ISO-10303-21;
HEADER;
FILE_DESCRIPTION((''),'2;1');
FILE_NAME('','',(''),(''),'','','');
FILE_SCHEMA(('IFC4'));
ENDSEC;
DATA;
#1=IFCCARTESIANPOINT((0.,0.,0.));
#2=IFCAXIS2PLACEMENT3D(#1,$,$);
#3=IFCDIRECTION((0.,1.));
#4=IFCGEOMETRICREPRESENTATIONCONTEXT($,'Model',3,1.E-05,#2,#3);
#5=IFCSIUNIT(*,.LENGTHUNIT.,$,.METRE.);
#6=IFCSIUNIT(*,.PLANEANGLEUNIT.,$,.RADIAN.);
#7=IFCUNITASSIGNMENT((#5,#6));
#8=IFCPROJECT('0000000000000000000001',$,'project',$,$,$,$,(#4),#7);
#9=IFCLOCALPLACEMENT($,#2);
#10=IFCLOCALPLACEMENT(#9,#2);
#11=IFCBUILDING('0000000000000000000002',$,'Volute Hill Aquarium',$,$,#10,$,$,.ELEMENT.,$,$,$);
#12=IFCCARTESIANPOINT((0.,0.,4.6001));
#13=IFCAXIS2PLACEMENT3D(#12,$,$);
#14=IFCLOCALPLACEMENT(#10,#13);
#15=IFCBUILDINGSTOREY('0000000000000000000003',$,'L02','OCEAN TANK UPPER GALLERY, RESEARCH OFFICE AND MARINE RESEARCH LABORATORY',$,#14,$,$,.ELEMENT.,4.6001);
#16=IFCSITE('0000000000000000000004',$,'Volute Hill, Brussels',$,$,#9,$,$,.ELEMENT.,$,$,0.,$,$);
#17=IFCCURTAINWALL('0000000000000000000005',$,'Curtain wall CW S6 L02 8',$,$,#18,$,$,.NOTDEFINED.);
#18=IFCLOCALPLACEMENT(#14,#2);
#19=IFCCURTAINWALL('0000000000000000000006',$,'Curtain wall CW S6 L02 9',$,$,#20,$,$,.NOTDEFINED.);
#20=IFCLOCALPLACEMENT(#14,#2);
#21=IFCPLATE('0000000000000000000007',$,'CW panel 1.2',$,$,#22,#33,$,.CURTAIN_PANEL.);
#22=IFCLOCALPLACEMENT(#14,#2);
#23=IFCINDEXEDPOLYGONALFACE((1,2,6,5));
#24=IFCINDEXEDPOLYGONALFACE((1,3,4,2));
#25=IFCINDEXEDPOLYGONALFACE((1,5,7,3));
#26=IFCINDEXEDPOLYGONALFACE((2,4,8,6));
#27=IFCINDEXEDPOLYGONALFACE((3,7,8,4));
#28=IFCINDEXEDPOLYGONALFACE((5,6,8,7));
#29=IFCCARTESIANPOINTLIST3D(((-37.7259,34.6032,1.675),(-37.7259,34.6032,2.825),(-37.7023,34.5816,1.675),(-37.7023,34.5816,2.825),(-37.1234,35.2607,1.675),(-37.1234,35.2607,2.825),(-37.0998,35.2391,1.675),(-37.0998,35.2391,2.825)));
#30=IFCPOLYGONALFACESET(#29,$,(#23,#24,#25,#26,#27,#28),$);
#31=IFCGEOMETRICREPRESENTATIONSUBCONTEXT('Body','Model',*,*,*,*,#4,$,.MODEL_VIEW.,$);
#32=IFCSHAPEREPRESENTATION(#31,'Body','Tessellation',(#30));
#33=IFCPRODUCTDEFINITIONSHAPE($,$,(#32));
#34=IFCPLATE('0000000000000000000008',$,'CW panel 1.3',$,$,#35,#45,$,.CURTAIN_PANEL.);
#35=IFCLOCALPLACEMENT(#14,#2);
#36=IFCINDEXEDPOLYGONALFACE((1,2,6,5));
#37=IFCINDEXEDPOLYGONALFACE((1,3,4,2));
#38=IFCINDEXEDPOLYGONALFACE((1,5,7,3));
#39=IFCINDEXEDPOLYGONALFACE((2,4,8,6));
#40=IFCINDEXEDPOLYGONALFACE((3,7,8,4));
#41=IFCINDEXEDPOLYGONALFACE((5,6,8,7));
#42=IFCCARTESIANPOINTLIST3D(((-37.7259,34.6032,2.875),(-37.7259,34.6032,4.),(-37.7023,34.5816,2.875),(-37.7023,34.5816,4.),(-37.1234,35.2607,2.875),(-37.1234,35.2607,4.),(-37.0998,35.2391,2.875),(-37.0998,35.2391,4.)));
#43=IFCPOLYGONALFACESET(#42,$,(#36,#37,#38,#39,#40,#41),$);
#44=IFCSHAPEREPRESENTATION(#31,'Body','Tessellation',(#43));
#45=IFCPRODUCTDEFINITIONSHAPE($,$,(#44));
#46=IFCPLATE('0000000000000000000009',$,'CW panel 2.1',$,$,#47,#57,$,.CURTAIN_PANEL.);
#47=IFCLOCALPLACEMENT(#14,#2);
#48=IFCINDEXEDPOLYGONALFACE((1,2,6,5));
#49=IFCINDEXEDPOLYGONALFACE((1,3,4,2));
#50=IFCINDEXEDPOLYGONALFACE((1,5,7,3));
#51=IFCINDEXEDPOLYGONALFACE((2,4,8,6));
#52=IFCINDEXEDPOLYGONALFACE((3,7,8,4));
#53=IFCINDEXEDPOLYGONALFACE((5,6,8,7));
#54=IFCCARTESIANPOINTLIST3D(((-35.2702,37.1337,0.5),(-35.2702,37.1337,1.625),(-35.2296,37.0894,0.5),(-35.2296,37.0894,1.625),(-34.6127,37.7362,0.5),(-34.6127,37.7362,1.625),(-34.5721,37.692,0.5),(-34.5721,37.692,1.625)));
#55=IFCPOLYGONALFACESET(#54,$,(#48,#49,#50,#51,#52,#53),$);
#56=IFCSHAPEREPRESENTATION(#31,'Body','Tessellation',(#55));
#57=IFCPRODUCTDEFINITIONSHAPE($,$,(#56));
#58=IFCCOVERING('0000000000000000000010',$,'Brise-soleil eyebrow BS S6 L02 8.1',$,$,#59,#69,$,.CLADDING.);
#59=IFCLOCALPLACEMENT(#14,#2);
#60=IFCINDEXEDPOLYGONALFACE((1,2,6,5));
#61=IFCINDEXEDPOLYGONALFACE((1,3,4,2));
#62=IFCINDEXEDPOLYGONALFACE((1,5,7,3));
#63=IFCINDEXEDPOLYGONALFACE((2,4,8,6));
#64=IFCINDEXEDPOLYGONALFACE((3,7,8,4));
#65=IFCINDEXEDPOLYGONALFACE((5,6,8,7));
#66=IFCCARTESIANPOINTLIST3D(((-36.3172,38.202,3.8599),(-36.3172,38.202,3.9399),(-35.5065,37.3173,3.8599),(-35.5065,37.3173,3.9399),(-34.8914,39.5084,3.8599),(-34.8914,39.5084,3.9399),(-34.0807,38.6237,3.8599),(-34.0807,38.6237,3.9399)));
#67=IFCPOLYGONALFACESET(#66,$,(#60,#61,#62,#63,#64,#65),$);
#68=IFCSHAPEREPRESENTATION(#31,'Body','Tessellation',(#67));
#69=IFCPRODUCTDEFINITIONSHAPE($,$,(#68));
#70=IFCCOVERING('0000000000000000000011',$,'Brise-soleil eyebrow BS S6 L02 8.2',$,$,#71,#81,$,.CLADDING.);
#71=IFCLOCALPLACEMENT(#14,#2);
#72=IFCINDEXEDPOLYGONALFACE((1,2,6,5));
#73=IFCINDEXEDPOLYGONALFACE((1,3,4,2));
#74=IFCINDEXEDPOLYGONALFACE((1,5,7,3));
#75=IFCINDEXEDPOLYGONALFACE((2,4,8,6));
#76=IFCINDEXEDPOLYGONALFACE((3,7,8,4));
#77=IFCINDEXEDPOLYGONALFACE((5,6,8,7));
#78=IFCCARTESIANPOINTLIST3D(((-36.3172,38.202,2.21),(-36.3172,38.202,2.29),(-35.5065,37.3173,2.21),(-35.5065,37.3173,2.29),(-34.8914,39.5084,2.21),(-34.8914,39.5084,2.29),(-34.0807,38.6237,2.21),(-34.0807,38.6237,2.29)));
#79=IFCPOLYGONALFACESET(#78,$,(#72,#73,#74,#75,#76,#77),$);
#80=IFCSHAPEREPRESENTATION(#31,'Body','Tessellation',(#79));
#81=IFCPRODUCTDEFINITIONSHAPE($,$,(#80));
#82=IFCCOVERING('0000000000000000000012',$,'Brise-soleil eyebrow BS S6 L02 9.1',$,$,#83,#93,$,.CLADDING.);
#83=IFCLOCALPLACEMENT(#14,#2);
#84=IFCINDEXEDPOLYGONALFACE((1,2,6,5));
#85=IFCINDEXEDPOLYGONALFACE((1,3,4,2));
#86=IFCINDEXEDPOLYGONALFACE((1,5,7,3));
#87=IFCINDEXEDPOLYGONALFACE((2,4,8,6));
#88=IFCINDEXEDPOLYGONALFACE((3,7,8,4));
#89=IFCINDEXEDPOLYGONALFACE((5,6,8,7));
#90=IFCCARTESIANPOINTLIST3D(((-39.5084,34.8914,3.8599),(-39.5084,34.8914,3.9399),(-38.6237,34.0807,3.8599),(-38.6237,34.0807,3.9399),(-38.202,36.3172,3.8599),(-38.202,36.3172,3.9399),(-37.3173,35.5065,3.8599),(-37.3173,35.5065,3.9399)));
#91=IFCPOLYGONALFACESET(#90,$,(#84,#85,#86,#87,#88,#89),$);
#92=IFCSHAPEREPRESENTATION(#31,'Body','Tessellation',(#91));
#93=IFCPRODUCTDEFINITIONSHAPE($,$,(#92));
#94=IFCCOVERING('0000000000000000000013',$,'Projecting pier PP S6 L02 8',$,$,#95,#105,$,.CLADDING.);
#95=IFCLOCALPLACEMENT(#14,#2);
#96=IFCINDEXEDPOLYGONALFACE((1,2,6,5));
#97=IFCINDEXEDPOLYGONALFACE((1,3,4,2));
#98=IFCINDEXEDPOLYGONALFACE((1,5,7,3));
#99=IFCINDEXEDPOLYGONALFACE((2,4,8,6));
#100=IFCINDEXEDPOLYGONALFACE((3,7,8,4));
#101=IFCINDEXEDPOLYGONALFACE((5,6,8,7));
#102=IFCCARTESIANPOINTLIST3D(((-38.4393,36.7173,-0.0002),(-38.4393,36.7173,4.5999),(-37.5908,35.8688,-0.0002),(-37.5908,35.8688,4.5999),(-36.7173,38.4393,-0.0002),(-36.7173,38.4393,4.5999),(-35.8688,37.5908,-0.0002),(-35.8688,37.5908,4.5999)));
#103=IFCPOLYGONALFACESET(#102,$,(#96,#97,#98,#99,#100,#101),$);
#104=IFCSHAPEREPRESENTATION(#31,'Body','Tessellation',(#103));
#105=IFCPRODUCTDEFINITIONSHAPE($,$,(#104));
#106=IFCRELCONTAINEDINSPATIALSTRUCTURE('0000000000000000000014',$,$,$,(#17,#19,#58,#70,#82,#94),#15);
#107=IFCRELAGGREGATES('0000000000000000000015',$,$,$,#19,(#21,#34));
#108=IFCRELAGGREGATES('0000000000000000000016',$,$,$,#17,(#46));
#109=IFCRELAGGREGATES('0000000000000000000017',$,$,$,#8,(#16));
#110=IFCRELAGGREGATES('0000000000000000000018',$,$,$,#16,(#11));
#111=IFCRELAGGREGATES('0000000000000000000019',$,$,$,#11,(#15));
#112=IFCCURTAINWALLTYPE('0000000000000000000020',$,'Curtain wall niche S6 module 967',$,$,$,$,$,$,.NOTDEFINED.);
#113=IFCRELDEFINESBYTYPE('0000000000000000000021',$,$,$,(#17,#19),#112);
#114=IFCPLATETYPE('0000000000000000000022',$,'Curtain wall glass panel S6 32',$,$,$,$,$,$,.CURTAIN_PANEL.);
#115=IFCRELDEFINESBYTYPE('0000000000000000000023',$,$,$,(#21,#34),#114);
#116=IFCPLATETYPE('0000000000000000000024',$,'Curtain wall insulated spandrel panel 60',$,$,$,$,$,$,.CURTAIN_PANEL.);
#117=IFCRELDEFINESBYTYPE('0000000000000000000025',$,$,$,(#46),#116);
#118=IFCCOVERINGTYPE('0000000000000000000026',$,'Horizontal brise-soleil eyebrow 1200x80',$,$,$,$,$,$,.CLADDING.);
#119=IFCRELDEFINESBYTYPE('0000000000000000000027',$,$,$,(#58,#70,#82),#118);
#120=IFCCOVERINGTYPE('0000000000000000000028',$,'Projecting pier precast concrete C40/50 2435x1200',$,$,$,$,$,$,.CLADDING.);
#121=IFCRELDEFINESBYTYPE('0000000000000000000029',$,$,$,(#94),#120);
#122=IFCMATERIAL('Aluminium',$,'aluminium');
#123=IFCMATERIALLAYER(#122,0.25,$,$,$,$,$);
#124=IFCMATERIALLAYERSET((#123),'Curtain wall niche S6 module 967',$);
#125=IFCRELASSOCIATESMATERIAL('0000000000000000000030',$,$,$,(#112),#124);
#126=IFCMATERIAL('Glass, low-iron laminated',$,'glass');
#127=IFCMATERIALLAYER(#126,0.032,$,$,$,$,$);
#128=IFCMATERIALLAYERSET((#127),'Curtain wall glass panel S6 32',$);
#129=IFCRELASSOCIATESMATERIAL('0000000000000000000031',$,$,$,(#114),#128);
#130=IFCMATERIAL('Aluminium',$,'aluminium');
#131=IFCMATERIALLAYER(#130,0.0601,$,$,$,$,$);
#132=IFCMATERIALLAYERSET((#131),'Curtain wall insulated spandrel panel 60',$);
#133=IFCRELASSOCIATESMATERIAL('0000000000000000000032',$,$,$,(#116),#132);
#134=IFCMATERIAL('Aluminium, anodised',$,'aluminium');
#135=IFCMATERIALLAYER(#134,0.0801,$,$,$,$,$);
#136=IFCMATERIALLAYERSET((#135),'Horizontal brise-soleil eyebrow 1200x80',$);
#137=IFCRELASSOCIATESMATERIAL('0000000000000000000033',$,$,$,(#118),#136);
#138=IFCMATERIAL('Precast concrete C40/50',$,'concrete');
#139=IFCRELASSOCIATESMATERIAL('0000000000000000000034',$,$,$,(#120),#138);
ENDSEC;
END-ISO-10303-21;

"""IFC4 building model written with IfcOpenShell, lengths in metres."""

from ifc_helpers import new_model, si_unit, direction, frame, origin, origin_2d, place, context, subcontext, project, spatial, rectangle, extrude, material, layer, layer_set, type_object, element, aggregate, save


model = new_model("IFC4")

# Units and contexts
model_context = context("Model", 3, precision=1e-05, world=origin(), true_north=direction((0.0, 1.0)))
body_context = subcontext(model_context, "Body", "Model", "MODEL_VIEW")
ifc_project = project(units=[si_unit("LENGTHUNIT", "METRE"), si_unit("PLANEANGLEUNIT", "RADIAN")], contexts=[model_context])

# Site, building, storey
site_placement = place(None, origin())
site = spatial("IfcSite", under=ifc_project, at=site_placement, Name="Volute Hill, Brussels", CompositionType="ELEMENT", RefElevation=0.0)
building_placement = place(site_placement, origin())
building = spatial("IfcBuilding", under=site, at=building_placement, Name="Volute Hill Aquarium", CompositionType="ELEMENT")
storey_placement = place(building_placement, frame((0.0, 0.0, 4.6001)))
storey = spatial("IfcBuildingStorey", under=building, at=storey_placement, Name="L02", Description="OCEAN TANK UPPER GALLERY, RESEARCH OFFICE AND MARINE RESEARCH LABORATORY", CompositionType="ELEMENT", Elevation=4.6001)

# Curtain walls
ifc_material_1 = material(Name="Aluminium", Category="aluminium")
ifc_layer_1 = layer(ifc_material_1, 0.25)
ifc_layer_set_1 = layer_set([ifc_layer_1], Name="Curtain wall niche S6 module 967")
curtain_wall_type = type_object("IfcCurtainWallType", Name="Curtain wall niche S6 module 967", PredefinedType="NOTDEFINED", material=ifc_layer_set_1)
curtain_wall_1_placement = place(storey_placement, origin())
curtain_wall_1 = element("IfcCurtainWall", 1, at=curtain_wall_1_placement, inside=storey, type_object=curtain_wall_type, Name="Curtain wall CW S6 L02 8", PredefinedType="NOTDEFINED")
curtain_wall_2_placement = place(storey_placement, origin())
curtain_wall_2 = element("IfcCurtainWall", 2, at=curtain_wall_2_placement, inside=storey, type_object=curtain_wall_type, Name="Curtain wall CW S6 L02 9", PredefinedType="NOTDEFINED")

# Plates
ifc_material_2 = material(Name="Glass, low-iron laminated", Category="glass")
ifc_layer_2 = layer(ifc_material_2, 0.032)
ifc_layer_set_2 = layer_set([ifc_layer_2], Name="Curtain wall glass panel S6 32")
plate_type_1 = type_object("IfcPlateType", Name="Curtain wall glass panel S6 32", PredefinedType="CURTAIN_PANEL", material=ifc_layer_set_2)
plate_1_placement = place(storey_placement, frame((-37.4128, 34.9211, 1.675), z_axis=(0.0, 0.0, 1.0), x_axis=(-0.675582, -0.737285, 0.0)))
plate_1 = element("IfcPlate", 3, at=plate_1_placement, type_object=plate_type_1, Name="CW panel 1.2", PredefinedType="CURTAIN_PANEL", context=body_context, shape_type="SweptSolid", body=[
    extrude(rectangle(XDim=0.8918, YDim=0.032, at=origin_2d()), origin(), (0.0, 0.0, 1.0), 1.1499),
])
plate_2_placement = place(storey_placement, frame((-37.4128, 34.9211, 2.875), z_axis=(0.0, 0.0, 1.0), x_axis=(-0.675582, -0.737285, 0.0)))
plate_2 = element("IfcPlate", 4, at=plate_2_placement, type_object=plate_type_1, Name="CW panel 1.3", PredefinedType="CURTAIN_PANEL", context=body_context, shape_type="SweptSolid", body=[
    extrude(rectangle(XDim=0.8918, YDim=0.032, at=origin_2d()), origin(), (0.0, 0.0, 1.0), 1.125),
])
aggregate(curtain_wall_2, [plate_1, plate_2])
ifc_material_3 = material(Name="Aluminium", Category="aluminium")
ifc_layer_3 = layer(ifc_material_3, 0.0601)
ifc_layer_set_3 = layer_set([ifc_layer_3], Name="Curtain wall insulated spandrel panel 60")
plate_type_2 = type_object("IfcPlateType", Name="Curtain wall insulated spandrel panel 60", PredefinedType="CURTAIN_PANEL", material=ifc_layer_set_3)
plate_3_placement = place(storey_placement, frame((-34.9211, 37.4128, 0.5), z_axis=(0.0, 0.0, 1.0), x_axis=(-0.737285, -0.675582, 0.0)))
plate_3 = element("IfcPlate", 5, at=plate_3_placement, type_object=plate_type_2, Name="CW panel 2.1", PredefinedType="CURTAIN_PANEL", context=body_context, shape_type="SweptSolid", body=[
    extrude(rectangle(XDim=0.8918, YDim=0.0601, at=origin_2d()), origin(), (0.0, 0.0, 1.0), 1.125),
])
aggregate(curtain_wall_1, [plate_3])

# Coverings
ifc_material_4 = material(Name="Aluminium, anodised", Category="aluminium")
ifc_layer_4 = layer(ifc_material_4, 0.0801)
ifc_layer_set_4 = layer_set([ifc_layer_4], Name="Horizontal brise-soleil eyebrow 1200x80")
covering_type_1 = type_object("IfcCoveringType", Name="Horizontal brise-soleil eyebrow 1200x80", PredefinedType="CLADDING", material=ifc_layer_set_4)
for number, where, z_axis, x_axis, name in (
    (6, (-35.199, 38.4128, 3.8599), (0.0, 0.0, 1.0), (-0.737286, -0.675581, 0.0), "Brise-soleil eyebrow BS S6 L02 8.1"),
    (7, (-35.199, 38.4128, 2.21), (0.0, 0.0, 1.0), (-0.737286, -0.675581, 0.0), "Brise-soleil eyebrow BS S6 L02 8.2"),
    (8, (-38.4128, 35.199, 3.8599), (0.0, 0.0, 1.0), (-0.675581, -0.737286, 0.0), "Brise-soleil eyebrow BS S6 L02 9.1"),
):
    element("IfcCovering", number, at=place(storey_placement, frame(where, z_axis=z_axis, x_axis=x_axis)), inside=storey, type_object=covering_type_1, Name=name, PredefinedType="CLADDING", context=body_context, shape_type="SweptSolid", body=[
        extrude(rectangle(XDim=1.9338, YDim=1.2, at=origin_2d()), origin(), (0.0, 0.0, 1.0), 0.0801),
    ])
ifc_material_5 = material(Name="Precast concrete C40/50", Category="concrete")
covering_type_2 = type_object("IfcCoveringType", Name="Projecting pier precast concrete C40/50 2435x1200", PredefinedType="CLADDING", material=ifc_material_5)
covering_placement = place(storey_placement, frame((-37.1541, 37.1541, -0.0002), z_axis=(0.0, 0.0, 1.0), x_axis=(-0.707107, -0.707107, 0.0)))
element("IfcCovering", 9, at=covering_placement, inside=storey, type_object=covering_type_2, Name="Projecting pier PP S6 L02 8", PredefinedType="CLADDING", context=body_context, shape_type="SweptSolid", body=[
    extrude(rectangle(XDim=2.4353, YDim=1.2, at=origin_2d()), origin(), (0.0, 0.0, 1.0), 4.6001),
])

save(model, "model.ifc")
